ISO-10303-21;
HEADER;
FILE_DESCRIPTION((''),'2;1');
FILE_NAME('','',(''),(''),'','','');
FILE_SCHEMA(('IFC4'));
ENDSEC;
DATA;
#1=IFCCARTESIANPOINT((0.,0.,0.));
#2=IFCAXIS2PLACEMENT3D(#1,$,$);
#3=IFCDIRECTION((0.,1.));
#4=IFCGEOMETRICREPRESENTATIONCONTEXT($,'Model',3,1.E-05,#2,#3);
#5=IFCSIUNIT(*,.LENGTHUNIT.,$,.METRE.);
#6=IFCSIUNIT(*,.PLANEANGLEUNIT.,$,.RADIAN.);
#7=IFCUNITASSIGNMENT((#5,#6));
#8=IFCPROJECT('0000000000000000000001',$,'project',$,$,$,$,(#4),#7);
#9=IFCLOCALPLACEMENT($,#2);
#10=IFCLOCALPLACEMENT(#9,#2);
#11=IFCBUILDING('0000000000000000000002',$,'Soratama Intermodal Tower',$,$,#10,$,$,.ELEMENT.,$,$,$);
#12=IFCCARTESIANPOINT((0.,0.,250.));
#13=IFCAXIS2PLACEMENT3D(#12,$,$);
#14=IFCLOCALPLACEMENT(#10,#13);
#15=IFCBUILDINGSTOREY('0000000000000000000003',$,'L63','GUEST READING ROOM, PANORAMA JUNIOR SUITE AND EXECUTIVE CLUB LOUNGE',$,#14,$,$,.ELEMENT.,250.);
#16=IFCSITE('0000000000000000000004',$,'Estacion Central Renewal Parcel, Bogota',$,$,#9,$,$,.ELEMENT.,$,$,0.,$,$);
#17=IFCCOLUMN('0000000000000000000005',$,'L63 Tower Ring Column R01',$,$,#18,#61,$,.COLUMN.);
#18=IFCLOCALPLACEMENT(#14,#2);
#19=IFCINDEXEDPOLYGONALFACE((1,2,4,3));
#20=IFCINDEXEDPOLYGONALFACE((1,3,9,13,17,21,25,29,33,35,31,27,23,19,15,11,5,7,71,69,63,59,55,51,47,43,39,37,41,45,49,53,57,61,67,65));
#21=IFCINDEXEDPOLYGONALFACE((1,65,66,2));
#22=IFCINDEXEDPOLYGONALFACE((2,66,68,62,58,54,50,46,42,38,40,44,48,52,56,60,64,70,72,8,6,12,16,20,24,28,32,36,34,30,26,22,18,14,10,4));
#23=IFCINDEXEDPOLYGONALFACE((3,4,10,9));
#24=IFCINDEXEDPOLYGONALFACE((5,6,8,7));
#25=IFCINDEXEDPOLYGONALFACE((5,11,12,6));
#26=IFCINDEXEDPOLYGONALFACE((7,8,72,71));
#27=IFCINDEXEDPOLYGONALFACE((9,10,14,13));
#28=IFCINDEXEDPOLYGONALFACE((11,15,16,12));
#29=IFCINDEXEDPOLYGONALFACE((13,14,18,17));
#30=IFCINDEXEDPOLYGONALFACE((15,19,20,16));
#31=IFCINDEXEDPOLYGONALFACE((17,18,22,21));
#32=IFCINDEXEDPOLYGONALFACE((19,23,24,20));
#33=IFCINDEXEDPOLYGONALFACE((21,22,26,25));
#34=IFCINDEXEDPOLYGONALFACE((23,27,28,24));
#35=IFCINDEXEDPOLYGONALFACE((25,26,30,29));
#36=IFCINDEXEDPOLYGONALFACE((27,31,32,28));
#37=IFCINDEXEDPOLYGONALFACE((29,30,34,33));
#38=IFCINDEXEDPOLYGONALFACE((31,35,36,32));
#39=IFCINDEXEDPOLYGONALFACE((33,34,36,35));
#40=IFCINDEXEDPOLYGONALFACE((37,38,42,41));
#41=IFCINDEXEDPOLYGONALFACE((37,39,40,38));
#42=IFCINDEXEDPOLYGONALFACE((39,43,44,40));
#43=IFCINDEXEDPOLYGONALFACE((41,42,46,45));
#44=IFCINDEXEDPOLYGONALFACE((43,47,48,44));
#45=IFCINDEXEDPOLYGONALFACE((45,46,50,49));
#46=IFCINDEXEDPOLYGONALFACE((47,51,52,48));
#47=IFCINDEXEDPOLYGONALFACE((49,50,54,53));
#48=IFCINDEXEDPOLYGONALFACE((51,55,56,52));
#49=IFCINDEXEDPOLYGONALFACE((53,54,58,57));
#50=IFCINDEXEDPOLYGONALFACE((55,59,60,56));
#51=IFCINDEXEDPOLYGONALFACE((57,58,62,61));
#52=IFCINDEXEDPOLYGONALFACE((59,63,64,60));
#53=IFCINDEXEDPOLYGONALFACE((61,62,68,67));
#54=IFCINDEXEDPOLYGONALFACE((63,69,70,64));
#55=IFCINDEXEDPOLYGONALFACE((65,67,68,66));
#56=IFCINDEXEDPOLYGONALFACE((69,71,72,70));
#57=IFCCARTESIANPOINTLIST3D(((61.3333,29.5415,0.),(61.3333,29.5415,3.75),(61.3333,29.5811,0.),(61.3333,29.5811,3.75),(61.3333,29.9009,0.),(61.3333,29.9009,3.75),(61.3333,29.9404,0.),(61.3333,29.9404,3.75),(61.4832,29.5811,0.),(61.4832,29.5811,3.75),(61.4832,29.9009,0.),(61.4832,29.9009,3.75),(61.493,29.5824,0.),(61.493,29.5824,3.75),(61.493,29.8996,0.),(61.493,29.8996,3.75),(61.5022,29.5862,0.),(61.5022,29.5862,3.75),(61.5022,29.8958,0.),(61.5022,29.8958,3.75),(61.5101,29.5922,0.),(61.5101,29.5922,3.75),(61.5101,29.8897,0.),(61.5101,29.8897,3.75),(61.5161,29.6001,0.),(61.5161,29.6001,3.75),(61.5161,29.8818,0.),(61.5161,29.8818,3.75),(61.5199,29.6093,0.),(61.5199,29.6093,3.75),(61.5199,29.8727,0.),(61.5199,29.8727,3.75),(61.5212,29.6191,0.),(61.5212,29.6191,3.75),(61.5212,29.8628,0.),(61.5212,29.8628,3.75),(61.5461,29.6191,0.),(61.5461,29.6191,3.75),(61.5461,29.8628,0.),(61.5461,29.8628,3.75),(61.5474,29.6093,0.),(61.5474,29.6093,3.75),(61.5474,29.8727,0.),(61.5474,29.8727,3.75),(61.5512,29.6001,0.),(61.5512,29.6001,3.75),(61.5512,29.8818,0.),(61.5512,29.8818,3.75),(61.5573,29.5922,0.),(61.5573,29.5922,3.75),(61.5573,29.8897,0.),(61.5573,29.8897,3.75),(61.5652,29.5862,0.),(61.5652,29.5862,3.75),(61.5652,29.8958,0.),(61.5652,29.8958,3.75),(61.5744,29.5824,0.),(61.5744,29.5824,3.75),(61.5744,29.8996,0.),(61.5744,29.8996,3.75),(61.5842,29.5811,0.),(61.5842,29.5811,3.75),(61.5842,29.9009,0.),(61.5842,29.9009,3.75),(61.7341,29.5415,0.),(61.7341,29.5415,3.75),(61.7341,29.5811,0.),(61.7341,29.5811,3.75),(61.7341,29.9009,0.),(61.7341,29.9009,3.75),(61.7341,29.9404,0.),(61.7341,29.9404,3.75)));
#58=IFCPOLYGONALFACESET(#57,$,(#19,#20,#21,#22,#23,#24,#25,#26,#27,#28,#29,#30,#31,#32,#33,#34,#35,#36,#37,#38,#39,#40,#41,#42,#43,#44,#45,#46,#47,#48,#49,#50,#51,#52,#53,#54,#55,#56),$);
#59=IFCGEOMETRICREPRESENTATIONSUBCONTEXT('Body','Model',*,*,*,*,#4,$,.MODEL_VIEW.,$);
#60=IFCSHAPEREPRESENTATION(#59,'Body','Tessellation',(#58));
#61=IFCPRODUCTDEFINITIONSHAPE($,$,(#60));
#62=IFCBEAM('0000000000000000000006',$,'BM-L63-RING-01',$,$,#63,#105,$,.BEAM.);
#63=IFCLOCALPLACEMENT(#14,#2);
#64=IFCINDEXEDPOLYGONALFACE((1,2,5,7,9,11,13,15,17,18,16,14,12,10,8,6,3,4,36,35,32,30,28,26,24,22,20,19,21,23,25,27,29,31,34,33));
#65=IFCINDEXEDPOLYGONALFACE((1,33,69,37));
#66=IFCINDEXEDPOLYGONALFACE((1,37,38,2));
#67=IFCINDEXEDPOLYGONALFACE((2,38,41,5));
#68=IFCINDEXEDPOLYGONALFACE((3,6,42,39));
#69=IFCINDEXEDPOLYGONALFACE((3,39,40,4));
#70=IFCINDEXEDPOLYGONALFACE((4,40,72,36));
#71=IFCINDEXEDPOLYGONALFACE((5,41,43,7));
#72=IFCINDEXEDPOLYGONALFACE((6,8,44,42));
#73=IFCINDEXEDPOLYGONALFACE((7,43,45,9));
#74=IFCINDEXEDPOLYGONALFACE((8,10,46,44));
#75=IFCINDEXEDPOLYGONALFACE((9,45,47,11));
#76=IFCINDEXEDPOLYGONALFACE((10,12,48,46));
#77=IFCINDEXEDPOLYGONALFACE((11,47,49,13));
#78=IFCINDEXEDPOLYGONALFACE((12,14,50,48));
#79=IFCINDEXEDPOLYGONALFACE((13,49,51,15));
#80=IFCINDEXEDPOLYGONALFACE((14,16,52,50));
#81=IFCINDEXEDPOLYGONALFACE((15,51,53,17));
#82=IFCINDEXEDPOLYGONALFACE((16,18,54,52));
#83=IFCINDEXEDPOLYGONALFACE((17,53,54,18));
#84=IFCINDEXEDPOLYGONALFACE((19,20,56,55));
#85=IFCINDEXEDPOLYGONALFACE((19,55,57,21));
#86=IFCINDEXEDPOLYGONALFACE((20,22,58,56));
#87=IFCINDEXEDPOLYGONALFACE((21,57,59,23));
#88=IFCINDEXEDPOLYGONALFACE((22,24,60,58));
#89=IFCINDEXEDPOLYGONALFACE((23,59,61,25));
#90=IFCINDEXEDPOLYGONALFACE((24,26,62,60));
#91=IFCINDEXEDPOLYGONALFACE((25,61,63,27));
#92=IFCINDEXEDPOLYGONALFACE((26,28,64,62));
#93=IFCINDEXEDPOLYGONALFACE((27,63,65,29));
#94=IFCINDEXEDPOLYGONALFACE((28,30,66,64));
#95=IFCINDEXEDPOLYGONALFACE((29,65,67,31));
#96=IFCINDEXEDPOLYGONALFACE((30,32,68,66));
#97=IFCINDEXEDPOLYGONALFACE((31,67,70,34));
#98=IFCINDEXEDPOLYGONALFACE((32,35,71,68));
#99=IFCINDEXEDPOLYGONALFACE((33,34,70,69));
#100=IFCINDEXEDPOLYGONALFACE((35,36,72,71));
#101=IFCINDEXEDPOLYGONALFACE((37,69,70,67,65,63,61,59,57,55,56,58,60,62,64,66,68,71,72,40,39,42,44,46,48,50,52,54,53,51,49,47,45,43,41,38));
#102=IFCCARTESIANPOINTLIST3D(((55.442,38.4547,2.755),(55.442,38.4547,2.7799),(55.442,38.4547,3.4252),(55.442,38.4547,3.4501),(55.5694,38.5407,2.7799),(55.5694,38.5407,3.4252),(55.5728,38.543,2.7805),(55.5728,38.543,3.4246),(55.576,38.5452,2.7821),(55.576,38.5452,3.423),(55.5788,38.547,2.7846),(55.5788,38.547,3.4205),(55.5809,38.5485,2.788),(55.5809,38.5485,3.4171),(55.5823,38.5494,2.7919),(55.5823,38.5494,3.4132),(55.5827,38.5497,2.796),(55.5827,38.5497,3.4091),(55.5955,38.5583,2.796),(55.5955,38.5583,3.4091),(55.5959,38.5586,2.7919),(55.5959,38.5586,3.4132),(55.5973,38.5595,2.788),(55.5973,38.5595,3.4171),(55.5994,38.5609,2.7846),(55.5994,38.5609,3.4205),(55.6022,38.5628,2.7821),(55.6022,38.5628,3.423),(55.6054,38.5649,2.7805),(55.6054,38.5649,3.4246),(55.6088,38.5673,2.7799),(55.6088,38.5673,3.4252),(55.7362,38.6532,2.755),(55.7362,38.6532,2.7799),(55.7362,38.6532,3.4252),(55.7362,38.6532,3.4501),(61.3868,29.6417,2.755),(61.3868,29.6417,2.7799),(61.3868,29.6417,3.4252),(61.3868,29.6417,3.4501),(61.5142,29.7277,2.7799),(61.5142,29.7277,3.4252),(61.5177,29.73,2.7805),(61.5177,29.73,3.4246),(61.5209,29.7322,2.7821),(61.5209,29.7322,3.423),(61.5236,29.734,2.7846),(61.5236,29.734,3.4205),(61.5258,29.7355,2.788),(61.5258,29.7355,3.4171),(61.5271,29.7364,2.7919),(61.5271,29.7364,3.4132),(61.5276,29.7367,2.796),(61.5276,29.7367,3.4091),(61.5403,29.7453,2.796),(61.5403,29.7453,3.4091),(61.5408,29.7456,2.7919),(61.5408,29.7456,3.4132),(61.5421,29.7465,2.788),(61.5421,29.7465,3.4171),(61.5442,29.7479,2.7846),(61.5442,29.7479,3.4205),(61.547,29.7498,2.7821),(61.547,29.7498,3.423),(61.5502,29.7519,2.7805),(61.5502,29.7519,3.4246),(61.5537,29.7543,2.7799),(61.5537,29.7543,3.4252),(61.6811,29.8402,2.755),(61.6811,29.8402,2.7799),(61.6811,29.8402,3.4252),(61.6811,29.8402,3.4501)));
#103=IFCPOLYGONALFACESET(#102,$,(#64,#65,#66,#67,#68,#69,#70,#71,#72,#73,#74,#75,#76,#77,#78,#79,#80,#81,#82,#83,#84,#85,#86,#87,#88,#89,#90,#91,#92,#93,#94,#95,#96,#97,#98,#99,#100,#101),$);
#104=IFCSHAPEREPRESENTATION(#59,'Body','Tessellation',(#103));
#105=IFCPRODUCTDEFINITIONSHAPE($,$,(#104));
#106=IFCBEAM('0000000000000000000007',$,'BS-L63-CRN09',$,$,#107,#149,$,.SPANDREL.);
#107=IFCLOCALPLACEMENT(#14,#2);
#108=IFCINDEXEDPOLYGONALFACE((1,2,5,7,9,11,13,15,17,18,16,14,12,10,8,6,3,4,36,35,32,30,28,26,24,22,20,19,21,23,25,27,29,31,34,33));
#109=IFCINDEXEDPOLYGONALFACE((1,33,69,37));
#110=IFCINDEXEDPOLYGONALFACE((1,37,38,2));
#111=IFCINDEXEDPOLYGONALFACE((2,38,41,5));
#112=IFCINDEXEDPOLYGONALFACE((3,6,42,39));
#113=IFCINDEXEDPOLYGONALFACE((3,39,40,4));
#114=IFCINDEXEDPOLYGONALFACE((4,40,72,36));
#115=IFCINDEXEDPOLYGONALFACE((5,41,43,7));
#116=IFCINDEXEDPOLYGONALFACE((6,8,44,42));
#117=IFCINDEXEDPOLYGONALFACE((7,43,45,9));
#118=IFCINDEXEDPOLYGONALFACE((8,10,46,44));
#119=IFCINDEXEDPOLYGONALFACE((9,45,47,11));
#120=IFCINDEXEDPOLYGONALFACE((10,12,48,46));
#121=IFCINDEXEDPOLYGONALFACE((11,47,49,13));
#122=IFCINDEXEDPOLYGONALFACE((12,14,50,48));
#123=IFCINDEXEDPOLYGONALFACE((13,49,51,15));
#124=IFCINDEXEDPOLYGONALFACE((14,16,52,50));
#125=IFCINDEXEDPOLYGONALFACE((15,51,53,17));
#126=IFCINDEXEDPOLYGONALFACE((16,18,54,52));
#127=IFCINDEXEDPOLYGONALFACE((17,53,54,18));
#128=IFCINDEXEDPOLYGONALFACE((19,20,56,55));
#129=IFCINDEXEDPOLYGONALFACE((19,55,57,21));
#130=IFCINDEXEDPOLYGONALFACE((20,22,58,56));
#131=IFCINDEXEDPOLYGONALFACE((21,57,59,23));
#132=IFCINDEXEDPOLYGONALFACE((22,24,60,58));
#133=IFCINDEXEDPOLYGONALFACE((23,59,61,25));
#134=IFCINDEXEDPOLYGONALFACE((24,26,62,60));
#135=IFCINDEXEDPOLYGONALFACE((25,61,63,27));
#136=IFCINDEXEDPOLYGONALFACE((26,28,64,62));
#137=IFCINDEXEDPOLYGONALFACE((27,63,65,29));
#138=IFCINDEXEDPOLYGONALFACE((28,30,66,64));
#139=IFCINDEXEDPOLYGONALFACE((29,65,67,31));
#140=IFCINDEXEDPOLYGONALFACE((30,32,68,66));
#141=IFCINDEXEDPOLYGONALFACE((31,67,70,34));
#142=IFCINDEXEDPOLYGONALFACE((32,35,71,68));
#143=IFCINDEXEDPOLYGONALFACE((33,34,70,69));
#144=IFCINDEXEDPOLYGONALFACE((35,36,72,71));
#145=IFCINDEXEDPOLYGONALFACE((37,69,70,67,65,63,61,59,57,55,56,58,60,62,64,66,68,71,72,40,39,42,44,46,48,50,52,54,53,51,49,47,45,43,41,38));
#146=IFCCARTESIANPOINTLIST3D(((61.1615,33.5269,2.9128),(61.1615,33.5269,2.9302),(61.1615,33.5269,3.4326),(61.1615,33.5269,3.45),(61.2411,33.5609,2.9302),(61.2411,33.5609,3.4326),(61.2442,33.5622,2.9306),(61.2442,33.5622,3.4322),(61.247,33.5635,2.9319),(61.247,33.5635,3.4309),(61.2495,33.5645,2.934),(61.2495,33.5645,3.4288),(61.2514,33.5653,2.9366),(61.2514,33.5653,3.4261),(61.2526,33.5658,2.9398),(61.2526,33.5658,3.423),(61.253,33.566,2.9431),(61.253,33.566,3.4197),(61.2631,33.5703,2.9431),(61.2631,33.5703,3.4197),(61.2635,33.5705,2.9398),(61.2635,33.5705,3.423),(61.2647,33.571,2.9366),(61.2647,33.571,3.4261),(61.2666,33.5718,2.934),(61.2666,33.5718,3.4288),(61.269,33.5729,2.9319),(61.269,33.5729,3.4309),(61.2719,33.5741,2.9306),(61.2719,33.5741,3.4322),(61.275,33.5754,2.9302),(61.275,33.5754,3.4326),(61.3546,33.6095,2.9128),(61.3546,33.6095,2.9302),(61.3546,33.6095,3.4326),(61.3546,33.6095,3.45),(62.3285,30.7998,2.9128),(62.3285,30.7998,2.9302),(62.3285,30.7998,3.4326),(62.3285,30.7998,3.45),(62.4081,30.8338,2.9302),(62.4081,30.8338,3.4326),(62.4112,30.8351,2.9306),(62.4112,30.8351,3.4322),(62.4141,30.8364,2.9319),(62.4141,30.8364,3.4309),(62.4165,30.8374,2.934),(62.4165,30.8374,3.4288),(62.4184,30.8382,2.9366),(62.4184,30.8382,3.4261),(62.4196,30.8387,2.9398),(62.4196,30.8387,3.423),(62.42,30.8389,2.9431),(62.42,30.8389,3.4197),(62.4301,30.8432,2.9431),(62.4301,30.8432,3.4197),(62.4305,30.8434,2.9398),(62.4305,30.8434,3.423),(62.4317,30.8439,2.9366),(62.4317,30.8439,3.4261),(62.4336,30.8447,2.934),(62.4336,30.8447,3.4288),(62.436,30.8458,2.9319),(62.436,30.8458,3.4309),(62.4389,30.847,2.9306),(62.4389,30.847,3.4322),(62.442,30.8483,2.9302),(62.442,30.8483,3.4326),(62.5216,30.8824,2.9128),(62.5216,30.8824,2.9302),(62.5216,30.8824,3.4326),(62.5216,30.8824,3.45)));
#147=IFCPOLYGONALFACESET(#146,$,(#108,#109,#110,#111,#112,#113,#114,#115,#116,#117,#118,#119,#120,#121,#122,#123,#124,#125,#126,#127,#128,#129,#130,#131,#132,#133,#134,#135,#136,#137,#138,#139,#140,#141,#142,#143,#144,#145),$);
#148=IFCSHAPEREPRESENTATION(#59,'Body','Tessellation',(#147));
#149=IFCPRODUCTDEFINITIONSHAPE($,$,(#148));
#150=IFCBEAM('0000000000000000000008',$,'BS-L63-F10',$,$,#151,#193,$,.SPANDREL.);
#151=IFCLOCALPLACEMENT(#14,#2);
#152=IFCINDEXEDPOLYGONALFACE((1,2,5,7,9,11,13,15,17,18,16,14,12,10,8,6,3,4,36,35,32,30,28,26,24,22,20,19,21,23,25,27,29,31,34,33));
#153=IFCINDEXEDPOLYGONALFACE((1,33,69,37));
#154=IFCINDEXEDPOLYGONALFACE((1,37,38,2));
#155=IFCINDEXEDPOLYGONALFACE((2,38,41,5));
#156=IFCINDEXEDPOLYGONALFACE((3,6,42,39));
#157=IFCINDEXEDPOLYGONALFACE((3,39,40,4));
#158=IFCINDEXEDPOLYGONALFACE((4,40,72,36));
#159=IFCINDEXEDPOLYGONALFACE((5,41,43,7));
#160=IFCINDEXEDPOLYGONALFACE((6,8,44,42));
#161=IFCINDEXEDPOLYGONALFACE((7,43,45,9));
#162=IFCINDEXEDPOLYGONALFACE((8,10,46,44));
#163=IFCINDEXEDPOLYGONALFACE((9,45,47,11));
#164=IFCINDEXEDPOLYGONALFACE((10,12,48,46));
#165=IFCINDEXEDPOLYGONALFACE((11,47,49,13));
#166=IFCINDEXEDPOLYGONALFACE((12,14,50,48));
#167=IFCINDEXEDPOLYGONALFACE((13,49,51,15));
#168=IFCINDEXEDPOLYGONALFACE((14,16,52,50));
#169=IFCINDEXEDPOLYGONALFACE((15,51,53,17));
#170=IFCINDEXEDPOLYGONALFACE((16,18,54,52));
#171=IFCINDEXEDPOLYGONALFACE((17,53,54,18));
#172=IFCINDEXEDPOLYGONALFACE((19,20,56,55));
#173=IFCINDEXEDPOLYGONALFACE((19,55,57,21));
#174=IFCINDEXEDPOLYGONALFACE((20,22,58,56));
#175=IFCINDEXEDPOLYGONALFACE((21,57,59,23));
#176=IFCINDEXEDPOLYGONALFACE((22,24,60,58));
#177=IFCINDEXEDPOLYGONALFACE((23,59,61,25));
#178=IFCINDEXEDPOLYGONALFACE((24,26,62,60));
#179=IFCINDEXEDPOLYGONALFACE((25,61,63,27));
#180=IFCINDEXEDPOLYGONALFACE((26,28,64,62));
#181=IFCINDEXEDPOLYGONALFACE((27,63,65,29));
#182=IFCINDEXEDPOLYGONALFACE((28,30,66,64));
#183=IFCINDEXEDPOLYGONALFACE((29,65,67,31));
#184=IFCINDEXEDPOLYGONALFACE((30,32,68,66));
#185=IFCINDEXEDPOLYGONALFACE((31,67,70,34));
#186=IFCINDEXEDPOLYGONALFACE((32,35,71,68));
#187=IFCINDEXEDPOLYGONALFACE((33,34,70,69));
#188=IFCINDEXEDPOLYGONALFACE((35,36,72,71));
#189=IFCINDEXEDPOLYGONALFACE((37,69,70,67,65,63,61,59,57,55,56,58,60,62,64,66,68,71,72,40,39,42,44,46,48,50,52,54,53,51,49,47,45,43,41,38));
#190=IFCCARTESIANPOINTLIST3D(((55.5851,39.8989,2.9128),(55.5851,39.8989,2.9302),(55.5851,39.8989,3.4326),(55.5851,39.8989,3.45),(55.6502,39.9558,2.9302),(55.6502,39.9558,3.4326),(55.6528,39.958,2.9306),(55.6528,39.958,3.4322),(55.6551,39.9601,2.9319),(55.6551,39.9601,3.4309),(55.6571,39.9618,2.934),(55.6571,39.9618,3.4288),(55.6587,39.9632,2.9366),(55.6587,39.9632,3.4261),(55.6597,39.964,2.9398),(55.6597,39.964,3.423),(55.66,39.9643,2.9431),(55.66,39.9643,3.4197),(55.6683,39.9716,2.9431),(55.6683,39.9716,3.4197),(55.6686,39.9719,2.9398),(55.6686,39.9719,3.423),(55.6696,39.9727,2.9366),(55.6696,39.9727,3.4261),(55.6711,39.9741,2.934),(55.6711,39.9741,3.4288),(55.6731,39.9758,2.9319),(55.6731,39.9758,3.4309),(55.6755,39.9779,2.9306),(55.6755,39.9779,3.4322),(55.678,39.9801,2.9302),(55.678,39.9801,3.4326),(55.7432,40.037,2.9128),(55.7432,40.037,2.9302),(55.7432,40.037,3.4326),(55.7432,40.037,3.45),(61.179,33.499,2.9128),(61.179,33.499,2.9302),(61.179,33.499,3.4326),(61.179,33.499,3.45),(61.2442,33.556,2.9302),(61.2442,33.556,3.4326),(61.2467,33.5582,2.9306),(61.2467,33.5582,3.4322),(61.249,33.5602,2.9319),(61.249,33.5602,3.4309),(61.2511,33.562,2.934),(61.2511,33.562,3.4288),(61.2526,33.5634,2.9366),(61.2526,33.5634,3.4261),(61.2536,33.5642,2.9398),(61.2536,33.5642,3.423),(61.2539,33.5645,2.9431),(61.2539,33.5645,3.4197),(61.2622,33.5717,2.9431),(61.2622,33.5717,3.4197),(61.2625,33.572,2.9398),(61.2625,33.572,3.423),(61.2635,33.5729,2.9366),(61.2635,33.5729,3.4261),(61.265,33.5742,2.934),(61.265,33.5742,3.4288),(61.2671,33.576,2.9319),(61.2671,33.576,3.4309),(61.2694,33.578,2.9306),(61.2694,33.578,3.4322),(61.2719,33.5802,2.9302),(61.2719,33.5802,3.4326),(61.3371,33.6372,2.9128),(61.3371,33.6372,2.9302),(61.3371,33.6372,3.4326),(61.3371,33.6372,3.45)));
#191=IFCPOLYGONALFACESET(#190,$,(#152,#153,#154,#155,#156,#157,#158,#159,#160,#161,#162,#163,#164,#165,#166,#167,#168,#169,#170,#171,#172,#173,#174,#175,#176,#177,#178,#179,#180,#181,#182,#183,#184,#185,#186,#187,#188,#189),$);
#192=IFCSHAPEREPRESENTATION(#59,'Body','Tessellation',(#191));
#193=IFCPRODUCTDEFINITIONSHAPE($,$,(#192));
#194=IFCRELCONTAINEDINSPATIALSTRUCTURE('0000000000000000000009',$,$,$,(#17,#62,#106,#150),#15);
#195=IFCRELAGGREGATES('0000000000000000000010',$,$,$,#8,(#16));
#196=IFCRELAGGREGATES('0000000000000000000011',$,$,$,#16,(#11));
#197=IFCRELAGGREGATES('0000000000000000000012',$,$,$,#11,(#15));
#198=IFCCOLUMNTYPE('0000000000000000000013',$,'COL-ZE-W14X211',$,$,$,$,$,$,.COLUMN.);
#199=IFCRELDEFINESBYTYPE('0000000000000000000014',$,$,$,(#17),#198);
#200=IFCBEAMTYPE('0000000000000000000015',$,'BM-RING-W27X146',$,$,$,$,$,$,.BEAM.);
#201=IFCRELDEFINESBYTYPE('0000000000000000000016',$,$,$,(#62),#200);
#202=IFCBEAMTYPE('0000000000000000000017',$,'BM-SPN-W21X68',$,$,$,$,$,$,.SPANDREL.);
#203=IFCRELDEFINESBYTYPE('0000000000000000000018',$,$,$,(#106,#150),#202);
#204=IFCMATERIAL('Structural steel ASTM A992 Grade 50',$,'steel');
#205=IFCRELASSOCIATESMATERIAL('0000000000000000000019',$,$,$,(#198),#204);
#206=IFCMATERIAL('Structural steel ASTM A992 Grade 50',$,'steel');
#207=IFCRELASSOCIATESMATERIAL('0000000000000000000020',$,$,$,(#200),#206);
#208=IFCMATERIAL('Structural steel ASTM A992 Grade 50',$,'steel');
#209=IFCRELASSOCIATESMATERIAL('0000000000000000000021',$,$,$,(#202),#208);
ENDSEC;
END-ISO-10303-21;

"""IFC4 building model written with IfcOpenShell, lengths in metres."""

from ifc_helpers import new_model, si_unit, direction, frame, origin, origin_2d, place, context, subcontext, project, spatial, i_section, extrude, material, material_profile, profile_set, type_object, element, save


model = new_model("IFC4")

# Units and contexts
model_context = context("Model", 3, precision=1e-05, world=origin(), true_north=direction((0.0, 1.0)))
body_context = subcontext(model_context, "Body", "Model", "MODEL_VIEW")
ifc_project = project(units=[si_unit("LENGTHUNIT", "METRE"), si_unit("PLANEANGLEUNIT", "RADIAN")], contexts=[model_context])

# Site, building, storey
site_placement = place(None, origin())
site = spatial("IfcSite", under=ifc_project, at=site_placement, Name="Estacion Central Renewal Parcel, Bogota", CompositionType="ELEMENT", RefElevation=0.0)
building_placement = place(site_placement, origin())
building = spatial("IfcBuilding", under=site, at=building_placement, Name="Soratama Intermodal Tower", CompositionType="ELEMENT")
storey_placement = place(building_placement, frame((0.0, 0.0, 250.0)))
storey = spatial("IfcBuildingStorey", under=building, at=storey_placement, Name="L63", Description="GUEST READING ROOM, PANORAMA JUNIOR SUITE AND EXECUTIVE CLUB LOUNGE", CompositionType="ELEMENT", Elevation=250.0)

# Column
ifc_material_1 = material(Name="Structural steel ASTM A992 Grade 50", Category="steel")
ifc_material_profile_1 = material_profile(ifc_material_1, i_section(OverallWidth=0.4009, OverallDepth=0.3989, WebThickness=0.0249, FlangeThickness=0.0396, FilletRadius=0.0381, at=origin_2d()), Name="W14X211")
ifc_profile_set_1 = profile_set([ifc_material_profile_1], Name="Structural steel ASTM A992 Grade 50")
column_type = type_object("IfcColumnType", Name="COL-ZE-W14X211", PredefinedType="COLUMN", material=ifc_profile_set_1)
column_placement = place(storey_placement, frame((61.5337, 29.741, 0.0), z_axis=(0.0, 0.0, 1.0), x_axis=(1.0, 0.0, 0.0)))
element("IfcColumn", 1, at=column_placement, inside=storey, type_object=column_type, Name="L63 Tower Ring Column R01", PredefinedType="COLUMN", context=body_context, shape_type="SweptSolid", body=[
    extrude(i_section(OverallWidth=0.4009, OverallDepth=0.3989, WebThickness=0.0249, FlangeThickness=0.0396, FilletRadius=0.0381, at=origin_2d()), origin(), (0.0, 0.0, 1.0), 3.75),
])

# Beams
ifc_material_2 = material(Name="Structural steel ASTM A992 Grade 50", Category="steel")
ifc_material_profile_2 = material_profile(ifc_material_2, i_section(OverallWidth=0.355, OverallDepth=0.6951, WebThickness=0.0154, FlangeThickness=0.0249, FilletRadius=0.0161, at=origin_2d()), Name="W27X146")
ifc_profile_set_2 = profile_set([ifc_material_profile_2], Name="Structural steel ASTM A992 Grade 50")
beam_type_1 = type_object("IfcBeamType", Name="BM-RING-W27X146", PredefinedType="BEAM", material=ifc_profile_set_2)
beam_1_placement = place(storey_placement, frame((61.5339, 29.741, 3.1025), z_axis=(-0.559218, 0.829021, 0.0), x_axis=(-0.829021, -0.559218, 0.0)))
element("IfcBeam", 2, at=beam_1_placement, inside=storey, type_object=beam_type_1, Name="BM-L63-RING-01", PredefinedType="BEAM", context=body_context, shape_type="SweptSolid", body=[
    extrude(i_section(OverallWidth=0.355, OverallDepth=0.6951, WebThickness=0.0154, FlangeThickness=0.0249, FilletRadius=0.0161, at=origin_2d()), origin(), (0.0, 0.0, 1.0), 10.6306),
])
ifc_material_3 = material(Name="Structural steel ASTM A992 Grade 50", Category="steel")
ifc_material_profile_3 = material_profile(ifc_material_3, i_section(OverallWidth=0.21, OverallDepth=0.5371, WebThickness=0.011, FlangeThickness=0.0173, FilletRadius=0.0129, at=origin_2d()), Name="W21X68")
ifc_profile_set_3 = profile_set([ifc_material_profile_3], Name="Structural steel ASTM A992 Grade 50")
beam_type_2 = type_object("IfcBeamType", Name="BM-SPN-W21X68", PredefinedType="SPANDREL", material=ifc_profile_set_3)
beam_2_placement = place(storey_placement, frame((62.425, 30.8411, 3.1814), z_axis=(-0.393423, 0.919358, 0.0), x_axis=(-0.919358, -0.393423, 0.0)))
element("IfcBeam", 3, at=beam_2_placement, inside=storey, type_object=beam_type_2, Name="BS-L63-CRN09", PredefinedType="SPANDREL", context=body_context, shape_type="SweptSolid", body=[
    extrude(i_section(OverallWidth=0.21, OverallDepth=0.5371, WebThickness=0.011, FlangeThickness=0.0173, FilletRadius=0.0129, at=origin_2d()), origin(), (0.0, 0.0, 1.0), 2.9663),
])
beam_3_placement = place(storey_placement, frame((61.2581, 33.5681, 3.1814), z_axis=(-0.65811, 0.752922, 0.0), x_axis=(-0.752922, -0.65811, 0.0)))
element("IfcBeam", 4, at=beam_3_placement, inside=storey, type_object=beam_type_2, Name="BS-L63-F10", PredefinedType="SPANDREL", context=body_context, shape_type="SweptSolid", body=[
    extrude(i_section(OverallWidth=0.21, OverallDepth=0.5371, WebThickness=0.011, FlangeThickness=0.0173, FilletRadius=0.0129, at=origin_2d()), origin(), (0.0, 0.0, 1.0), 8.5),
])

save(model, "model.ifc")
